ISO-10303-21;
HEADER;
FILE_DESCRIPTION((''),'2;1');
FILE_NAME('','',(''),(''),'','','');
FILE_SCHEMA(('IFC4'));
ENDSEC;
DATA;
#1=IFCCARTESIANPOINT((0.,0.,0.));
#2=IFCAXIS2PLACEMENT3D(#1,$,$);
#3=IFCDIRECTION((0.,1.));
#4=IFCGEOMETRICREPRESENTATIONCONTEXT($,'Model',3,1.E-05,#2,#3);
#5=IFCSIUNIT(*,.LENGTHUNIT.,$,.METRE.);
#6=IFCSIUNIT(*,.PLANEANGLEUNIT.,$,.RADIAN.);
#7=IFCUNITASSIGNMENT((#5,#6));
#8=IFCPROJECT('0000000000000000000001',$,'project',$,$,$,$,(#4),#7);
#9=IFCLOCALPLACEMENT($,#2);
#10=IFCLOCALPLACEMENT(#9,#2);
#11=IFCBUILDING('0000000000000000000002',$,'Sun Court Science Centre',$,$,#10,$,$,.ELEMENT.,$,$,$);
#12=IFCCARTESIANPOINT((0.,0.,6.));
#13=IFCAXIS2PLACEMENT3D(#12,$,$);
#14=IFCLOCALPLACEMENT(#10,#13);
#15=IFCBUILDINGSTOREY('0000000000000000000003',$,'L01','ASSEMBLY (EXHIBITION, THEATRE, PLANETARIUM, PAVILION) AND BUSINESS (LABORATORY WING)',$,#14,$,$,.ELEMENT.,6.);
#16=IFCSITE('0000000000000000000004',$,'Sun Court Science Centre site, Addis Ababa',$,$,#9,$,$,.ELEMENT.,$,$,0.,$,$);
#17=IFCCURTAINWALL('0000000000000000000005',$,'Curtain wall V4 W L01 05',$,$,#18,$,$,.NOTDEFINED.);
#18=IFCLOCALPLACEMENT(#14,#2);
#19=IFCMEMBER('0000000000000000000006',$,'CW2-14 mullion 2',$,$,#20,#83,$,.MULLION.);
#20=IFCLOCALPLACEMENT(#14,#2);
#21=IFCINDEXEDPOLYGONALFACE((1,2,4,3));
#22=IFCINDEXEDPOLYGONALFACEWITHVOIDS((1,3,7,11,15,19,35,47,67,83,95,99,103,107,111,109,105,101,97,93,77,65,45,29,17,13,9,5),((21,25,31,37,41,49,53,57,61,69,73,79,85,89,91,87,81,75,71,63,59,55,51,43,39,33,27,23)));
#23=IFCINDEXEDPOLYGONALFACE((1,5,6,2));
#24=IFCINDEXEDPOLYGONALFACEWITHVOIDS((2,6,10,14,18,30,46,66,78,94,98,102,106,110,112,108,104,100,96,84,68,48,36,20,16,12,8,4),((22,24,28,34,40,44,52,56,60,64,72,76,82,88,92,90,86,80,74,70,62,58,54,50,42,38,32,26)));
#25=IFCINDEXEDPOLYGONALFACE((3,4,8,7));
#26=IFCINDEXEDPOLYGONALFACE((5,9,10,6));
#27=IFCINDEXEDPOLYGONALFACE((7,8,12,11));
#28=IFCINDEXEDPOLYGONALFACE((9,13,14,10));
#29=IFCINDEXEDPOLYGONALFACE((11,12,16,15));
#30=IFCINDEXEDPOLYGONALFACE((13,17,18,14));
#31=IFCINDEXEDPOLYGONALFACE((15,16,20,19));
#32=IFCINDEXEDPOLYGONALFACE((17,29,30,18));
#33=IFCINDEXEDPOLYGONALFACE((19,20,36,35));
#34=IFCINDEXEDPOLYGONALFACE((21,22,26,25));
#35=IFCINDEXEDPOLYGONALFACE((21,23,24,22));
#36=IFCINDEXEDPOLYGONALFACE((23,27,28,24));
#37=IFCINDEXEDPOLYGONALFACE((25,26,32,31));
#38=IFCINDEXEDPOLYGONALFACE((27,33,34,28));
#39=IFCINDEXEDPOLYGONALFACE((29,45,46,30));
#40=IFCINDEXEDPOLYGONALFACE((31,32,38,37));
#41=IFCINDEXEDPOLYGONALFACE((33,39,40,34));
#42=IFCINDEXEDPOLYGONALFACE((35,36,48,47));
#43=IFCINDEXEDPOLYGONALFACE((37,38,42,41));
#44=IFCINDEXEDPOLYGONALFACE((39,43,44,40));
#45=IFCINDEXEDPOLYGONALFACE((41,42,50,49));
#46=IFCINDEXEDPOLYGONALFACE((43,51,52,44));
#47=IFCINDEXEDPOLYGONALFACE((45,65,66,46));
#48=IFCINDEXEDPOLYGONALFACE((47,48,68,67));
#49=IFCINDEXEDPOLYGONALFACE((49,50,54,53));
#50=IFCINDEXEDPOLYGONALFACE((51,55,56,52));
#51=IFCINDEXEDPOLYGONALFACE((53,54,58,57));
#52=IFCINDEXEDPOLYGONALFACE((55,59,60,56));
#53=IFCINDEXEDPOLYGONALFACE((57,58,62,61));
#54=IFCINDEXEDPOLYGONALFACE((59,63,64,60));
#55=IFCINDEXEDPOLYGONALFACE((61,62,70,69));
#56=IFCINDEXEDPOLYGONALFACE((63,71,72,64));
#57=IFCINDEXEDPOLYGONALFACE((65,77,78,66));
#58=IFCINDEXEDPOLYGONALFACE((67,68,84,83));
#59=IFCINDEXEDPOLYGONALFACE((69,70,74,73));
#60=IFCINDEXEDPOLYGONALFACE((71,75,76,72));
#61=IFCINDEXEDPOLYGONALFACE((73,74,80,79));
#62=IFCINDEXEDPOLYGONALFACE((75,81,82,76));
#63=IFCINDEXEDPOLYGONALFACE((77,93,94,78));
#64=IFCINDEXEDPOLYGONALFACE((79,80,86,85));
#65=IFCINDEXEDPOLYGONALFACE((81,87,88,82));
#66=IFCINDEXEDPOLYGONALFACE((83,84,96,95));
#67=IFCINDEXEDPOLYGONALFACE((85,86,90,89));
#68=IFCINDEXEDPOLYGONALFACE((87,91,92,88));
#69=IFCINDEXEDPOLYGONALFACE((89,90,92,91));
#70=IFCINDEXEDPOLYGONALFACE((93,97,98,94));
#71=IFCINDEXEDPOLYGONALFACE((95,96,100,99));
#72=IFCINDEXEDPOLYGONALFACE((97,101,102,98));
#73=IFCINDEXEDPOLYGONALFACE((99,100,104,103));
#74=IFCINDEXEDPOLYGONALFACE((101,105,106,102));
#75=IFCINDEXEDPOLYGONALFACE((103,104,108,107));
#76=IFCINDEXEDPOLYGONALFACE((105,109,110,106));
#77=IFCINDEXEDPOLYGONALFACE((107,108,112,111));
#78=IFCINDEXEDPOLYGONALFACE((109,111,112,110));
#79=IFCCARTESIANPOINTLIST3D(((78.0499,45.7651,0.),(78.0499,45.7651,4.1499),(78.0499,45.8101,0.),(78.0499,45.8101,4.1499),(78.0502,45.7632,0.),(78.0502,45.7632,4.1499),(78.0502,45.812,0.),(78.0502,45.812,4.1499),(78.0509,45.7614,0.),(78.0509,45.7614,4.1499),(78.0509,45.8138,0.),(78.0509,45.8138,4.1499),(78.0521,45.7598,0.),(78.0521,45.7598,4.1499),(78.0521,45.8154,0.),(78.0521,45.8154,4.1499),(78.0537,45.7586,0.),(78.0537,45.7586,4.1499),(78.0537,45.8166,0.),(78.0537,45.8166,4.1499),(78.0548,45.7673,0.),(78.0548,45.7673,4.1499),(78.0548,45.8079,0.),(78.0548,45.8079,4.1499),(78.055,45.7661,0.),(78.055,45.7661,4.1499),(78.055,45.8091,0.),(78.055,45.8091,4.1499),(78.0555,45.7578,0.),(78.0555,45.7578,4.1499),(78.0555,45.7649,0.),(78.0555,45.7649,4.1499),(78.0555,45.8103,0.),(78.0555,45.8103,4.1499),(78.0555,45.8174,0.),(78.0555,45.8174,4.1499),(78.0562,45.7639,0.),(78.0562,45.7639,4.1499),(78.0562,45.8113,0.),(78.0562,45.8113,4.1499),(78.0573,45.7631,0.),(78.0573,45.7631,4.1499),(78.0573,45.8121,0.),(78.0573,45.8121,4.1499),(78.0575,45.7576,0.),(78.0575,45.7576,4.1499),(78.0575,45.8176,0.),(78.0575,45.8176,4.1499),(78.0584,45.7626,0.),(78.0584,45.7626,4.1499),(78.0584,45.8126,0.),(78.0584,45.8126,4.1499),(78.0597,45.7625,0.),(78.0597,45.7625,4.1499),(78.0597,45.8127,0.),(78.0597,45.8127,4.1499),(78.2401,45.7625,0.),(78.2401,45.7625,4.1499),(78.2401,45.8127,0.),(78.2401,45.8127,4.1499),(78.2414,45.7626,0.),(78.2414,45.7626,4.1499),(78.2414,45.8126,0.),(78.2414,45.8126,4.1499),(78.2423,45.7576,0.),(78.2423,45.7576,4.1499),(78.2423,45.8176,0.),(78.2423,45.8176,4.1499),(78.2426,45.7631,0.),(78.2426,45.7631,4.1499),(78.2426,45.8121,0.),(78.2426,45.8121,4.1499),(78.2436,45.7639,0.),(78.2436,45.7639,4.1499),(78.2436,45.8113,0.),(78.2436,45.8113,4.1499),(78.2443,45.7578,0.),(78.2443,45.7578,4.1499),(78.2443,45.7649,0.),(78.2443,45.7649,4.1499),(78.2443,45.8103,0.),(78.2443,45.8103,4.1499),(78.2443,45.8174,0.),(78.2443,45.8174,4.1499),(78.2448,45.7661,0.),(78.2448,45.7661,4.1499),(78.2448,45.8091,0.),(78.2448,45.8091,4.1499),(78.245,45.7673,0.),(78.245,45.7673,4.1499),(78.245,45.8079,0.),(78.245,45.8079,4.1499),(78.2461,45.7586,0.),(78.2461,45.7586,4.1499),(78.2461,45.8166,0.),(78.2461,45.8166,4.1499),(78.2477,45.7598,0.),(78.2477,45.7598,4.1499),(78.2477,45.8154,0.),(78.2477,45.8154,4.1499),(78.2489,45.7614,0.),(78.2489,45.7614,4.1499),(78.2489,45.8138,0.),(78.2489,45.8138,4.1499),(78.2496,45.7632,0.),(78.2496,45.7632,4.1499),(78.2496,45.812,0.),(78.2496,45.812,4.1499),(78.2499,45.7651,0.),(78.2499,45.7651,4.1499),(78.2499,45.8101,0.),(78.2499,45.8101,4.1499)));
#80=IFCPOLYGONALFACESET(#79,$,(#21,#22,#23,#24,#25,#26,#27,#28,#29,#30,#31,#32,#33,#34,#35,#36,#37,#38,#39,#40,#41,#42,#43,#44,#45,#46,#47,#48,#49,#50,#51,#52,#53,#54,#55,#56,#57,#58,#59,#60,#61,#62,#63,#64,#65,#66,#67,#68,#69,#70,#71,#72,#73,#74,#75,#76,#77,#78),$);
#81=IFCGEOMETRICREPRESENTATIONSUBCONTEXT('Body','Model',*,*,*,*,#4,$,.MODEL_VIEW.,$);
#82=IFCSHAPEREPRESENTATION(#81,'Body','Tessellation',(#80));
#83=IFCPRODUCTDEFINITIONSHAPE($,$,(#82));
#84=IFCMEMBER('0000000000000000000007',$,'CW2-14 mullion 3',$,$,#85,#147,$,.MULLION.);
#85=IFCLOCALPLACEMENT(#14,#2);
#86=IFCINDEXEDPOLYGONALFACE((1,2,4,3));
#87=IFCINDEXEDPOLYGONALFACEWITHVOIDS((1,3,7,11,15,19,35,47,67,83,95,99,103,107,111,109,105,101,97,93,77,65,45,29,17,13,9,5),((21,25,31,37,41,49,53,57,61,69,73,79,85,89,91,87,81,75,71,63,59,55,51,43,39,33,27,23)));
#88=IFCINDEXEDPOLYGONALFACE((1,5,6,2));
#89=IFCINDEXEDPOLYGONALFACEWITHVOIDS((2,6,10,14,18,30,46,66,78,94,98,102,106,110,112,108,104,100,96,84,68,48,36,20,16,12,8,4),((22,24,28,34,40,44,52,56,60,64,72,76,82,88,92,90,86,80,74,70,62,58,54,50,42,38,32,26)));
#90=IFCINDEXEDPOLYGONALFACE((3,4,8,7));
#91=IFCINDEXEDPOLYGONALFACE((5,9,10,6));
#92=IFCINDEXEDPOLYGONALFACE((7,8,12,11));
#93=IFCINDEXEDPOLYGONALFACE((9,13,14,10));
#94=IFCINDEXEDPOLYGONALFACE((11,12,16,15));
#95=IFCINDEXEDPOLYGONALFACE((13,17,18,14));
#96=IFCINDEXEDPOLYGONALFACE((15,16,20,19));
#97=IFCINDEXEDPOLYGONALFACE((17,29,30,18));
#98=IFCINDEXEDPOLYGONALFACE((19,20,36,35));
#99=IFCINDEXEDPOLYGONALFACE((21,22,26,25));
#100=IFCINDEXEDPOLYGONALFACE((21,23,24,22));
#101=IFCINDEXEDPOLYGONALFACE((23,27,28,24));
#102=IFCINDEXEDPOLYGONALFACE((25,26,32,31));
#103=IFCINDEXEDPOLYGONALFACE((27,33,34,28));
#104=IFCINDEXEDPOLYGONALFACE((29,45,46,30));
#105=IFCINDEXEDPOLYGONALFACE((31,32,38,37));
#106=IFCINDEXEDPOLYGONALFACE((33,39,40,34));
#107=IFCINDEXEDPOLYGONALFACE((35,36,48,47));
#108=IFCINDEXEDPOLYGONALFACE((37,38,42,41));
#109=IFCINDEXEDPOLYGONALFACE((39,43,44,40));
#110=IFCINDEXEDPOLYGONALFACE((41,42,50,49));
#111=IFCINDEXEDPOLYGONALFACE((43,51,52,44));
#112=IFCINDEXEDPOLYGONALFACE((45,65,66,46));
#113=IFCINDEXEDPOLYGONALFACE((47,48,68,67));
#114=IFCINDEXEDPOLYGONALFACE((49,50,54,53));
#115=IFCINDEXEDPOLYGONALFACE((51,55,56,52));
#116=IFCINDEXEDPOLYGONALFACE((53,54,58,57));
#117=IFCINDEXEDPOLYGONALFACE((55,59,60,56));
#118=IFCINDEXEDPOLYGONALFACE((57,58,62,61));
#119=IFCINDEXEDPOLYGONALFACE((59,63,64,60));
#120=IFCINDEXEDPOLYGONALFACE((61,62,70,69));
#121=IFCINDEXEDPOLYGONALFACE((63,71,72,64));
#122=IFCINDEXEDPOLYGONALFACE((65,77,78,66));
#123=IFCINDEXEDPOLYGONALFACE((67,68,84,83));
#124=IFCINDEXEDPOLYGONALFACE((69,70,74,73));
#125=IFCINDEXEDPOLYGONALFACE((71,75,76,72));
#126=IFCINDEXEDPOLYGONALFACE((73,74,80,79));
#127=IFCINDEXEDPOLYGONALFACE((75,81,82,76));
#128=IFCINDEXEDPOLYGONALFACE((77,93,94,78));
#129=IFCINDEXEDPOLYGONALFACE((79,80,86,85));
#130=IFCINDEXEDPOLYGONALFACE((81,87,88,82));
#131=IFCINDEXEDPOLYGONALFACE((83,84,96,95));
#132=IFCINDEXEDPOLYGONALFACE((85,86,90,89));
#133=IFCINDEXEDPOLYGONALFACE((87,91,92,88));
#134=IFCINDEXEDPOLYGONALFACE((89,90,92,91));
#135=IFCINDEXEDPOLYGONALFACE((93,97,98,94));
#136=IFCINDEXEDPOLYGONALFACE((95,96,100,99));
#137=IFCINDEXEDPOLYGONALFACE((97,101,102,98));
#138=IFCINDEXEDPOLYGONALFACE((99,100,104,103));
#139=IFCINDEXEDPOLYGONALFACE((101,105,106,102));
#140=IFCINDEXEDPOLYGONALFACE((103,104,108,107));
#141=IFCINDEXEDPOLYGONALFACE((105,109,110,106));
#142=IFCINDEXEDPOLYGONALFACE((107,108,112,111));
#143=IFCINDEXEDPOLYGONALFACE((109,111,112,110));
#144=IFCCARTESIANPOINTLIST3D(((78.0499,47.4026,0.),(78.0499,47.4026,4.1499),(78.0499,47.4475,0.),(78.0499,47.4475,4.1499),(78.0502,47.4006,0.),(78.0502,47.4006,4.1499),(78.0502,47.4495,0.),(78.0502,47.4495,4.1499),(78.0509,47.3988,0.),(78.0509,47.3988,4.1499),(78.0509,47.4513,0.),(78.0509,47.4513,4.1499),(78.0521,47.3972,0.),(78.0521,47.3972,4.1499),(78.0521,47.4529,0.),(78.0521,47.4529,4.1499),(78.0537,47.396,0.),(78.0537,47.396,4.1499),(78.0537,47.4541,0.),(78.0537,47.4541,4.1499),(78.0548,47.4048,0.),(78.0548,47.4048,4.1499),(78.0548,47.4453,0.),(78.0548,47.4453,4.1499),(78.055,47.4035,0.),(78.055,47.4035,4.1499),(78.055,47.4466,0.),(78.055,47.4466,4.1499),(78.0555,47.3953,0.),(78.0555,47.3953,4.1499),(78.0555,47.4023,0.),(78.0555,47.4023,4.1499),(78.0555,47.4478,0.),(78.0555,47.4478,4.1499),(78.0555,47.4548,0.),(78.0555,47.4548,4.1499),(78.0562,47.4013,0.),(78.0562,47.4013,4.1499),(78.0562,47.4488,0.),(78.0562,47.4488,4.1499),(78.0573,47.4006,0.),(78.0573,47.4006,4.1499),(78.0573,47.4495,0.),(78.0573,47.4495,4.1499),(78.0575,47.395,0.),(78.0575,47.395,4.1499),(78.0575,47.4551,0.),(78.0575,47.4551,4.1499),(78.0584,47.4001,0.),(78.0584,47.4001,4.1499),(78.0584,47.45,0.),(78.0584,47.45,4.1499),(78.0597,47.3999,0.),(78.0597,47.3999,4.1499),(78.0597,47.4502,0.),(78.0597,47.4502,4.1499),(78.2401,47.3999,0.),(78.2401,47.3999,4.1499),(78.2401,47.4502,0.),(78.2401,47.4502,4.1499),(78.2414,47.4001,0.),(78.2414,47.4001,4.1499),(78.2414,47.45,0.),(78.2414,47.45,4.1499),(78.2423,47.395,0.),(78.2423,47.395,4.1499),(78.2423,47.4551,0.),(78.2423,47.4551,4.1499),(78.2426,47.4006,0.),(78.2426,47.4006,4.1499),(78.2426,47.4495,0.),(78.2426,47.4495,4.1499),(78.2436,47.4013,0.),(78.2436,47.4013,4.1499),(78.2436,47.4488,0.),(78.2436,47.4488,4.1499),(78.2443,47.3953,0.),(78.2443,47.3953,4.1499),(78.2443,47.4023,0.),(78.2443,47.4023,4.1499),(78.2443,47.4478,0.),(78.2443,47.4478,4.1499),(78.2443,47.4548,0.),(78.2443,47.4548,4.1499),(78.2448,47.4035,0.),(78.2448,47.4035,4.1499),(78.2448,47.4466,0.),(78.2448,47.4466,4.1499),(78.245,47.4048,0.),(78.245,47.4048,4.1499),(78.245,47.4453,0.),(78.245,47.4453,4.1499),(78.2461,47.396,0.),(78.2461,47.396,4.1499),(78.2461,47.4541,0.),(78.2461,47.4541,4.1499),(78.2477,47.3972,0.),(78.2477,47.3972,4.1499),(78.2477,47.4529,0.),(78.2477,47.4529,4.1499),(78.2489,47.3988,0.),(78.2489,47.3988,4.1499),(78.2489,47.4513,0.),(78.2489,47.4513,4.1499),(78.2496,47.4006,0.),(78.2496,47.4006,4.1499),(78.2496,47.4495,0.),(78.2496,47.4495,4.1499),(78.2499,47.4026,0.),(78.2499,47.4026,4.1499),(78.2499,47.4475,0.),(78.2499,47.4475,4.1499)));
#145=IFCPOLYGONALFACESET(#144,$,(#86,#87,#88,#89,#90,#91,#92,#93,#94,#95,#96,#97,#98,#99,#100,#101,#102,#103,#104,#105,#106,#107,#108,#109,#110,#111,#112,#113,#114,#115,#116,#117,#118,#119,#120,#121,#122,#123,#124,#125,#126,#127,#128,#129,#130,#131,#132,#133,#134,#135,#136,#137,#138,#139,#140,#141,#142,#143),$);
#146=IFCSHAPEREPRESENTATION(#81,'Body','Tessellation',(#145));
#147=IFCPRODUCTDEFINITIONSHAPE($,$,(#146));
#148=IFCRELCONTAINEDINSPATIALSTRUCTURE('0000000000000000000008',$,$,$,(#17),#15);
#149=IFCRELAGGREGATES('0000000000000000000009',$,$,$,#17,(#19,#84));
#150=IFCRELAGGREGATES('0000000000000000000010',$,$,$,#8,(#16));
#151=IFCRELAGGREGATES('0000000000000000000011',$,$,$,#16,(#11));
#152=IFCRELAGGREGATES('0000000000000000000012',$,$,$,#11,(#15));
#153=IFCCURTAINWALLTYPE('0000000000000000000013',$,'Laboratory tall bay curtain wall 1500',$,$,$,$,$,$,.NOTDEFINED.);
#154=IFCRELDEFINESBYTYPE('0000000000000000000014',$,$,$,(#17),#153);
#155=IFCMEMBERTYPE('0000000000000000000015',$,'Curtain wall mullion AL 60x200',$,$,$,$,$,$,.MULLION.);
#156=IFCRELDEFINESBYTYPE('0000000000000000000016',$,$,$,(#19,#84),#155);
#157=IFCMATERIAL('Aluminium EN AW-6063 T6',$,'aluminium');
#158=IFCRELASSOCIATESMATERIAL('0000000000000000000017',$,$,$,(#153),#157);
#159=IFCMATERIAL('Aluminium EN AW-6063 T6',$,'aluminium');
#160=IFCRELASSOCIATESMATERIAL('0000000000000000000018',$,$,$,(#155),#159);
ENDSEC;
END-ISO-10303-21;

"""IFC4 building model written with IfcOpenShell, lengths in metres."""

from ifc_helpers import new_model, si_unit, direction, frame, origin, origin_2d, place, context, subcontext, project, spatial, hollow_rectangle, extrude, material, material_profile, profile_set, type_object, element, aggregate, save


model = new_model("IFC4")

# Units and contexts
model_context = context("Model", 3, precision=1e-05, world=origin(), true_north=direction((0.0, 1.0)))
body_context = subcontext(model_context, "Body", "Model", "MODEL_VIEW")
ifc_project = project(units=[si_unit("LENGTHUNIT", "METRE"), si_unit("PLANEANGLEUNIT", "RADIAN")], contexts=[model_context])

# Site, building, storey
site_placement = place(None, origin())
site = spatial("IfcSite", under=ifc_project, at=site_placement, Name="Sun Court Science Centre site, Addis Ababa", CompositionType="ELEMENT", RefElevation=0.0)
building_placement = place(site_placement, origin())
building = spatial("IfcBuilding", under=site, at=building_placement, Name="Sun Court Science Centre", CompositionType="ELEMENT")
storey_placement = place(building_placement, frame((0.0, 0.0, 6.0)))
storey = spatial("IfcBuildingStorey", under=building, at=storey_placement, Name="L01", Description="ASSEMBLY (EXHIBITION, THEATRE, PLANETARIUM, PAVILION) AND BUSINESS (LABORATORY WING)", CompositionType="ELEMENT", Elevation=6.0)

# Curtain wall, members
ifc_material_1 = material(Name="Aluminium EN AW-6063 T6", Category="aluminium")
curtain_wall_type_1 = type_object("IfcCurtainWallType", Name="Laboratory tall bay curtain wall 1500", PredefinedType="NOTDEFINED", material=ifc_material_1)
ifc_material_2 = material(Name="Aluminium EN AW-6063 T6", Category="aluminium")
ifc_material_profile_1 = material_profile(ifc_material_2, hollow_rectangle(XDim=0.0601, YDim=0.2, WallThickness=0.0049, InnerFilletRadius=0.0049, OuterFilletRadius=0.0076, at=origin_2d()), Name="AL 60x200x5")
ifc_profile_set_1 = profile_set([ifc_material_profile_1], Name="Aluminium EN AW-6063 T6")
member_type_1 = type_object("IfcMemberType", Name="Curtain wall mullion AL 60x200", PredefinedType="MULLION", material=ifc_profile_set_1)
curtain_wall_1_placement = place(storey_placement, origin())
curtain_wall_1 = element("IfcCurtainWall", 1, at=curtain_wall_1_placement, inside=storey, type_object=curtain_wall_type_1, Name="Curtain wall V4 W L01 05", PredefinedType="NOTDEFINED")
member_1_placement = place(storey_placement, frame((78.1499, 45.7876, 0.0), z_axis=(0.0, 0.0, 1.0), x_axis=(0.0, 1.0, 0.0)))
member_1 = element("IfcMember", 2, at=member_1_placement, type_object=member_type_1, Name="CW2-14 mullion 2", PredefinedType="MULLION", context=body_context, shape_type="SweptSolid", body=[
    extrude(hollow_rectangle(XDim=0.0601, YDim=0.2, WallThickness=0.0049, InnerFilletRadius=0.0049, OuterFilletRadius=0.0076, at=origin_2d()), origin(), (0.0, 0.0, 1.0), 4.1499),
])
member_2_placement = place(storey_placement, frame((78.1499, 47.425, 0.0), z_axis=(0.0, 0.0, 1.0), x_axis=(0.0, 1.0, 0.0)))
member_2 = element("IfcMember", 3, at=member_2_placement, type_object=member_type_1, Name="CW2-14 mullion 3", PredefinedType="MULLION", context=body_context, shape_type="SweptSolid", body=[
    extrude(hollow_rectangle(XDim=0.0601, YDim=0.2, WallThickness=0.0049, InnerFilletRadius=0.0049, OuterFilletRadius=0.0076, at=origin_2d()), origin(), (0.0, 0.0, 1.0), 4.1499),
])

aggregate(curtain_wall_1, [member_1, member_2])

save(model, "model.ifc")
